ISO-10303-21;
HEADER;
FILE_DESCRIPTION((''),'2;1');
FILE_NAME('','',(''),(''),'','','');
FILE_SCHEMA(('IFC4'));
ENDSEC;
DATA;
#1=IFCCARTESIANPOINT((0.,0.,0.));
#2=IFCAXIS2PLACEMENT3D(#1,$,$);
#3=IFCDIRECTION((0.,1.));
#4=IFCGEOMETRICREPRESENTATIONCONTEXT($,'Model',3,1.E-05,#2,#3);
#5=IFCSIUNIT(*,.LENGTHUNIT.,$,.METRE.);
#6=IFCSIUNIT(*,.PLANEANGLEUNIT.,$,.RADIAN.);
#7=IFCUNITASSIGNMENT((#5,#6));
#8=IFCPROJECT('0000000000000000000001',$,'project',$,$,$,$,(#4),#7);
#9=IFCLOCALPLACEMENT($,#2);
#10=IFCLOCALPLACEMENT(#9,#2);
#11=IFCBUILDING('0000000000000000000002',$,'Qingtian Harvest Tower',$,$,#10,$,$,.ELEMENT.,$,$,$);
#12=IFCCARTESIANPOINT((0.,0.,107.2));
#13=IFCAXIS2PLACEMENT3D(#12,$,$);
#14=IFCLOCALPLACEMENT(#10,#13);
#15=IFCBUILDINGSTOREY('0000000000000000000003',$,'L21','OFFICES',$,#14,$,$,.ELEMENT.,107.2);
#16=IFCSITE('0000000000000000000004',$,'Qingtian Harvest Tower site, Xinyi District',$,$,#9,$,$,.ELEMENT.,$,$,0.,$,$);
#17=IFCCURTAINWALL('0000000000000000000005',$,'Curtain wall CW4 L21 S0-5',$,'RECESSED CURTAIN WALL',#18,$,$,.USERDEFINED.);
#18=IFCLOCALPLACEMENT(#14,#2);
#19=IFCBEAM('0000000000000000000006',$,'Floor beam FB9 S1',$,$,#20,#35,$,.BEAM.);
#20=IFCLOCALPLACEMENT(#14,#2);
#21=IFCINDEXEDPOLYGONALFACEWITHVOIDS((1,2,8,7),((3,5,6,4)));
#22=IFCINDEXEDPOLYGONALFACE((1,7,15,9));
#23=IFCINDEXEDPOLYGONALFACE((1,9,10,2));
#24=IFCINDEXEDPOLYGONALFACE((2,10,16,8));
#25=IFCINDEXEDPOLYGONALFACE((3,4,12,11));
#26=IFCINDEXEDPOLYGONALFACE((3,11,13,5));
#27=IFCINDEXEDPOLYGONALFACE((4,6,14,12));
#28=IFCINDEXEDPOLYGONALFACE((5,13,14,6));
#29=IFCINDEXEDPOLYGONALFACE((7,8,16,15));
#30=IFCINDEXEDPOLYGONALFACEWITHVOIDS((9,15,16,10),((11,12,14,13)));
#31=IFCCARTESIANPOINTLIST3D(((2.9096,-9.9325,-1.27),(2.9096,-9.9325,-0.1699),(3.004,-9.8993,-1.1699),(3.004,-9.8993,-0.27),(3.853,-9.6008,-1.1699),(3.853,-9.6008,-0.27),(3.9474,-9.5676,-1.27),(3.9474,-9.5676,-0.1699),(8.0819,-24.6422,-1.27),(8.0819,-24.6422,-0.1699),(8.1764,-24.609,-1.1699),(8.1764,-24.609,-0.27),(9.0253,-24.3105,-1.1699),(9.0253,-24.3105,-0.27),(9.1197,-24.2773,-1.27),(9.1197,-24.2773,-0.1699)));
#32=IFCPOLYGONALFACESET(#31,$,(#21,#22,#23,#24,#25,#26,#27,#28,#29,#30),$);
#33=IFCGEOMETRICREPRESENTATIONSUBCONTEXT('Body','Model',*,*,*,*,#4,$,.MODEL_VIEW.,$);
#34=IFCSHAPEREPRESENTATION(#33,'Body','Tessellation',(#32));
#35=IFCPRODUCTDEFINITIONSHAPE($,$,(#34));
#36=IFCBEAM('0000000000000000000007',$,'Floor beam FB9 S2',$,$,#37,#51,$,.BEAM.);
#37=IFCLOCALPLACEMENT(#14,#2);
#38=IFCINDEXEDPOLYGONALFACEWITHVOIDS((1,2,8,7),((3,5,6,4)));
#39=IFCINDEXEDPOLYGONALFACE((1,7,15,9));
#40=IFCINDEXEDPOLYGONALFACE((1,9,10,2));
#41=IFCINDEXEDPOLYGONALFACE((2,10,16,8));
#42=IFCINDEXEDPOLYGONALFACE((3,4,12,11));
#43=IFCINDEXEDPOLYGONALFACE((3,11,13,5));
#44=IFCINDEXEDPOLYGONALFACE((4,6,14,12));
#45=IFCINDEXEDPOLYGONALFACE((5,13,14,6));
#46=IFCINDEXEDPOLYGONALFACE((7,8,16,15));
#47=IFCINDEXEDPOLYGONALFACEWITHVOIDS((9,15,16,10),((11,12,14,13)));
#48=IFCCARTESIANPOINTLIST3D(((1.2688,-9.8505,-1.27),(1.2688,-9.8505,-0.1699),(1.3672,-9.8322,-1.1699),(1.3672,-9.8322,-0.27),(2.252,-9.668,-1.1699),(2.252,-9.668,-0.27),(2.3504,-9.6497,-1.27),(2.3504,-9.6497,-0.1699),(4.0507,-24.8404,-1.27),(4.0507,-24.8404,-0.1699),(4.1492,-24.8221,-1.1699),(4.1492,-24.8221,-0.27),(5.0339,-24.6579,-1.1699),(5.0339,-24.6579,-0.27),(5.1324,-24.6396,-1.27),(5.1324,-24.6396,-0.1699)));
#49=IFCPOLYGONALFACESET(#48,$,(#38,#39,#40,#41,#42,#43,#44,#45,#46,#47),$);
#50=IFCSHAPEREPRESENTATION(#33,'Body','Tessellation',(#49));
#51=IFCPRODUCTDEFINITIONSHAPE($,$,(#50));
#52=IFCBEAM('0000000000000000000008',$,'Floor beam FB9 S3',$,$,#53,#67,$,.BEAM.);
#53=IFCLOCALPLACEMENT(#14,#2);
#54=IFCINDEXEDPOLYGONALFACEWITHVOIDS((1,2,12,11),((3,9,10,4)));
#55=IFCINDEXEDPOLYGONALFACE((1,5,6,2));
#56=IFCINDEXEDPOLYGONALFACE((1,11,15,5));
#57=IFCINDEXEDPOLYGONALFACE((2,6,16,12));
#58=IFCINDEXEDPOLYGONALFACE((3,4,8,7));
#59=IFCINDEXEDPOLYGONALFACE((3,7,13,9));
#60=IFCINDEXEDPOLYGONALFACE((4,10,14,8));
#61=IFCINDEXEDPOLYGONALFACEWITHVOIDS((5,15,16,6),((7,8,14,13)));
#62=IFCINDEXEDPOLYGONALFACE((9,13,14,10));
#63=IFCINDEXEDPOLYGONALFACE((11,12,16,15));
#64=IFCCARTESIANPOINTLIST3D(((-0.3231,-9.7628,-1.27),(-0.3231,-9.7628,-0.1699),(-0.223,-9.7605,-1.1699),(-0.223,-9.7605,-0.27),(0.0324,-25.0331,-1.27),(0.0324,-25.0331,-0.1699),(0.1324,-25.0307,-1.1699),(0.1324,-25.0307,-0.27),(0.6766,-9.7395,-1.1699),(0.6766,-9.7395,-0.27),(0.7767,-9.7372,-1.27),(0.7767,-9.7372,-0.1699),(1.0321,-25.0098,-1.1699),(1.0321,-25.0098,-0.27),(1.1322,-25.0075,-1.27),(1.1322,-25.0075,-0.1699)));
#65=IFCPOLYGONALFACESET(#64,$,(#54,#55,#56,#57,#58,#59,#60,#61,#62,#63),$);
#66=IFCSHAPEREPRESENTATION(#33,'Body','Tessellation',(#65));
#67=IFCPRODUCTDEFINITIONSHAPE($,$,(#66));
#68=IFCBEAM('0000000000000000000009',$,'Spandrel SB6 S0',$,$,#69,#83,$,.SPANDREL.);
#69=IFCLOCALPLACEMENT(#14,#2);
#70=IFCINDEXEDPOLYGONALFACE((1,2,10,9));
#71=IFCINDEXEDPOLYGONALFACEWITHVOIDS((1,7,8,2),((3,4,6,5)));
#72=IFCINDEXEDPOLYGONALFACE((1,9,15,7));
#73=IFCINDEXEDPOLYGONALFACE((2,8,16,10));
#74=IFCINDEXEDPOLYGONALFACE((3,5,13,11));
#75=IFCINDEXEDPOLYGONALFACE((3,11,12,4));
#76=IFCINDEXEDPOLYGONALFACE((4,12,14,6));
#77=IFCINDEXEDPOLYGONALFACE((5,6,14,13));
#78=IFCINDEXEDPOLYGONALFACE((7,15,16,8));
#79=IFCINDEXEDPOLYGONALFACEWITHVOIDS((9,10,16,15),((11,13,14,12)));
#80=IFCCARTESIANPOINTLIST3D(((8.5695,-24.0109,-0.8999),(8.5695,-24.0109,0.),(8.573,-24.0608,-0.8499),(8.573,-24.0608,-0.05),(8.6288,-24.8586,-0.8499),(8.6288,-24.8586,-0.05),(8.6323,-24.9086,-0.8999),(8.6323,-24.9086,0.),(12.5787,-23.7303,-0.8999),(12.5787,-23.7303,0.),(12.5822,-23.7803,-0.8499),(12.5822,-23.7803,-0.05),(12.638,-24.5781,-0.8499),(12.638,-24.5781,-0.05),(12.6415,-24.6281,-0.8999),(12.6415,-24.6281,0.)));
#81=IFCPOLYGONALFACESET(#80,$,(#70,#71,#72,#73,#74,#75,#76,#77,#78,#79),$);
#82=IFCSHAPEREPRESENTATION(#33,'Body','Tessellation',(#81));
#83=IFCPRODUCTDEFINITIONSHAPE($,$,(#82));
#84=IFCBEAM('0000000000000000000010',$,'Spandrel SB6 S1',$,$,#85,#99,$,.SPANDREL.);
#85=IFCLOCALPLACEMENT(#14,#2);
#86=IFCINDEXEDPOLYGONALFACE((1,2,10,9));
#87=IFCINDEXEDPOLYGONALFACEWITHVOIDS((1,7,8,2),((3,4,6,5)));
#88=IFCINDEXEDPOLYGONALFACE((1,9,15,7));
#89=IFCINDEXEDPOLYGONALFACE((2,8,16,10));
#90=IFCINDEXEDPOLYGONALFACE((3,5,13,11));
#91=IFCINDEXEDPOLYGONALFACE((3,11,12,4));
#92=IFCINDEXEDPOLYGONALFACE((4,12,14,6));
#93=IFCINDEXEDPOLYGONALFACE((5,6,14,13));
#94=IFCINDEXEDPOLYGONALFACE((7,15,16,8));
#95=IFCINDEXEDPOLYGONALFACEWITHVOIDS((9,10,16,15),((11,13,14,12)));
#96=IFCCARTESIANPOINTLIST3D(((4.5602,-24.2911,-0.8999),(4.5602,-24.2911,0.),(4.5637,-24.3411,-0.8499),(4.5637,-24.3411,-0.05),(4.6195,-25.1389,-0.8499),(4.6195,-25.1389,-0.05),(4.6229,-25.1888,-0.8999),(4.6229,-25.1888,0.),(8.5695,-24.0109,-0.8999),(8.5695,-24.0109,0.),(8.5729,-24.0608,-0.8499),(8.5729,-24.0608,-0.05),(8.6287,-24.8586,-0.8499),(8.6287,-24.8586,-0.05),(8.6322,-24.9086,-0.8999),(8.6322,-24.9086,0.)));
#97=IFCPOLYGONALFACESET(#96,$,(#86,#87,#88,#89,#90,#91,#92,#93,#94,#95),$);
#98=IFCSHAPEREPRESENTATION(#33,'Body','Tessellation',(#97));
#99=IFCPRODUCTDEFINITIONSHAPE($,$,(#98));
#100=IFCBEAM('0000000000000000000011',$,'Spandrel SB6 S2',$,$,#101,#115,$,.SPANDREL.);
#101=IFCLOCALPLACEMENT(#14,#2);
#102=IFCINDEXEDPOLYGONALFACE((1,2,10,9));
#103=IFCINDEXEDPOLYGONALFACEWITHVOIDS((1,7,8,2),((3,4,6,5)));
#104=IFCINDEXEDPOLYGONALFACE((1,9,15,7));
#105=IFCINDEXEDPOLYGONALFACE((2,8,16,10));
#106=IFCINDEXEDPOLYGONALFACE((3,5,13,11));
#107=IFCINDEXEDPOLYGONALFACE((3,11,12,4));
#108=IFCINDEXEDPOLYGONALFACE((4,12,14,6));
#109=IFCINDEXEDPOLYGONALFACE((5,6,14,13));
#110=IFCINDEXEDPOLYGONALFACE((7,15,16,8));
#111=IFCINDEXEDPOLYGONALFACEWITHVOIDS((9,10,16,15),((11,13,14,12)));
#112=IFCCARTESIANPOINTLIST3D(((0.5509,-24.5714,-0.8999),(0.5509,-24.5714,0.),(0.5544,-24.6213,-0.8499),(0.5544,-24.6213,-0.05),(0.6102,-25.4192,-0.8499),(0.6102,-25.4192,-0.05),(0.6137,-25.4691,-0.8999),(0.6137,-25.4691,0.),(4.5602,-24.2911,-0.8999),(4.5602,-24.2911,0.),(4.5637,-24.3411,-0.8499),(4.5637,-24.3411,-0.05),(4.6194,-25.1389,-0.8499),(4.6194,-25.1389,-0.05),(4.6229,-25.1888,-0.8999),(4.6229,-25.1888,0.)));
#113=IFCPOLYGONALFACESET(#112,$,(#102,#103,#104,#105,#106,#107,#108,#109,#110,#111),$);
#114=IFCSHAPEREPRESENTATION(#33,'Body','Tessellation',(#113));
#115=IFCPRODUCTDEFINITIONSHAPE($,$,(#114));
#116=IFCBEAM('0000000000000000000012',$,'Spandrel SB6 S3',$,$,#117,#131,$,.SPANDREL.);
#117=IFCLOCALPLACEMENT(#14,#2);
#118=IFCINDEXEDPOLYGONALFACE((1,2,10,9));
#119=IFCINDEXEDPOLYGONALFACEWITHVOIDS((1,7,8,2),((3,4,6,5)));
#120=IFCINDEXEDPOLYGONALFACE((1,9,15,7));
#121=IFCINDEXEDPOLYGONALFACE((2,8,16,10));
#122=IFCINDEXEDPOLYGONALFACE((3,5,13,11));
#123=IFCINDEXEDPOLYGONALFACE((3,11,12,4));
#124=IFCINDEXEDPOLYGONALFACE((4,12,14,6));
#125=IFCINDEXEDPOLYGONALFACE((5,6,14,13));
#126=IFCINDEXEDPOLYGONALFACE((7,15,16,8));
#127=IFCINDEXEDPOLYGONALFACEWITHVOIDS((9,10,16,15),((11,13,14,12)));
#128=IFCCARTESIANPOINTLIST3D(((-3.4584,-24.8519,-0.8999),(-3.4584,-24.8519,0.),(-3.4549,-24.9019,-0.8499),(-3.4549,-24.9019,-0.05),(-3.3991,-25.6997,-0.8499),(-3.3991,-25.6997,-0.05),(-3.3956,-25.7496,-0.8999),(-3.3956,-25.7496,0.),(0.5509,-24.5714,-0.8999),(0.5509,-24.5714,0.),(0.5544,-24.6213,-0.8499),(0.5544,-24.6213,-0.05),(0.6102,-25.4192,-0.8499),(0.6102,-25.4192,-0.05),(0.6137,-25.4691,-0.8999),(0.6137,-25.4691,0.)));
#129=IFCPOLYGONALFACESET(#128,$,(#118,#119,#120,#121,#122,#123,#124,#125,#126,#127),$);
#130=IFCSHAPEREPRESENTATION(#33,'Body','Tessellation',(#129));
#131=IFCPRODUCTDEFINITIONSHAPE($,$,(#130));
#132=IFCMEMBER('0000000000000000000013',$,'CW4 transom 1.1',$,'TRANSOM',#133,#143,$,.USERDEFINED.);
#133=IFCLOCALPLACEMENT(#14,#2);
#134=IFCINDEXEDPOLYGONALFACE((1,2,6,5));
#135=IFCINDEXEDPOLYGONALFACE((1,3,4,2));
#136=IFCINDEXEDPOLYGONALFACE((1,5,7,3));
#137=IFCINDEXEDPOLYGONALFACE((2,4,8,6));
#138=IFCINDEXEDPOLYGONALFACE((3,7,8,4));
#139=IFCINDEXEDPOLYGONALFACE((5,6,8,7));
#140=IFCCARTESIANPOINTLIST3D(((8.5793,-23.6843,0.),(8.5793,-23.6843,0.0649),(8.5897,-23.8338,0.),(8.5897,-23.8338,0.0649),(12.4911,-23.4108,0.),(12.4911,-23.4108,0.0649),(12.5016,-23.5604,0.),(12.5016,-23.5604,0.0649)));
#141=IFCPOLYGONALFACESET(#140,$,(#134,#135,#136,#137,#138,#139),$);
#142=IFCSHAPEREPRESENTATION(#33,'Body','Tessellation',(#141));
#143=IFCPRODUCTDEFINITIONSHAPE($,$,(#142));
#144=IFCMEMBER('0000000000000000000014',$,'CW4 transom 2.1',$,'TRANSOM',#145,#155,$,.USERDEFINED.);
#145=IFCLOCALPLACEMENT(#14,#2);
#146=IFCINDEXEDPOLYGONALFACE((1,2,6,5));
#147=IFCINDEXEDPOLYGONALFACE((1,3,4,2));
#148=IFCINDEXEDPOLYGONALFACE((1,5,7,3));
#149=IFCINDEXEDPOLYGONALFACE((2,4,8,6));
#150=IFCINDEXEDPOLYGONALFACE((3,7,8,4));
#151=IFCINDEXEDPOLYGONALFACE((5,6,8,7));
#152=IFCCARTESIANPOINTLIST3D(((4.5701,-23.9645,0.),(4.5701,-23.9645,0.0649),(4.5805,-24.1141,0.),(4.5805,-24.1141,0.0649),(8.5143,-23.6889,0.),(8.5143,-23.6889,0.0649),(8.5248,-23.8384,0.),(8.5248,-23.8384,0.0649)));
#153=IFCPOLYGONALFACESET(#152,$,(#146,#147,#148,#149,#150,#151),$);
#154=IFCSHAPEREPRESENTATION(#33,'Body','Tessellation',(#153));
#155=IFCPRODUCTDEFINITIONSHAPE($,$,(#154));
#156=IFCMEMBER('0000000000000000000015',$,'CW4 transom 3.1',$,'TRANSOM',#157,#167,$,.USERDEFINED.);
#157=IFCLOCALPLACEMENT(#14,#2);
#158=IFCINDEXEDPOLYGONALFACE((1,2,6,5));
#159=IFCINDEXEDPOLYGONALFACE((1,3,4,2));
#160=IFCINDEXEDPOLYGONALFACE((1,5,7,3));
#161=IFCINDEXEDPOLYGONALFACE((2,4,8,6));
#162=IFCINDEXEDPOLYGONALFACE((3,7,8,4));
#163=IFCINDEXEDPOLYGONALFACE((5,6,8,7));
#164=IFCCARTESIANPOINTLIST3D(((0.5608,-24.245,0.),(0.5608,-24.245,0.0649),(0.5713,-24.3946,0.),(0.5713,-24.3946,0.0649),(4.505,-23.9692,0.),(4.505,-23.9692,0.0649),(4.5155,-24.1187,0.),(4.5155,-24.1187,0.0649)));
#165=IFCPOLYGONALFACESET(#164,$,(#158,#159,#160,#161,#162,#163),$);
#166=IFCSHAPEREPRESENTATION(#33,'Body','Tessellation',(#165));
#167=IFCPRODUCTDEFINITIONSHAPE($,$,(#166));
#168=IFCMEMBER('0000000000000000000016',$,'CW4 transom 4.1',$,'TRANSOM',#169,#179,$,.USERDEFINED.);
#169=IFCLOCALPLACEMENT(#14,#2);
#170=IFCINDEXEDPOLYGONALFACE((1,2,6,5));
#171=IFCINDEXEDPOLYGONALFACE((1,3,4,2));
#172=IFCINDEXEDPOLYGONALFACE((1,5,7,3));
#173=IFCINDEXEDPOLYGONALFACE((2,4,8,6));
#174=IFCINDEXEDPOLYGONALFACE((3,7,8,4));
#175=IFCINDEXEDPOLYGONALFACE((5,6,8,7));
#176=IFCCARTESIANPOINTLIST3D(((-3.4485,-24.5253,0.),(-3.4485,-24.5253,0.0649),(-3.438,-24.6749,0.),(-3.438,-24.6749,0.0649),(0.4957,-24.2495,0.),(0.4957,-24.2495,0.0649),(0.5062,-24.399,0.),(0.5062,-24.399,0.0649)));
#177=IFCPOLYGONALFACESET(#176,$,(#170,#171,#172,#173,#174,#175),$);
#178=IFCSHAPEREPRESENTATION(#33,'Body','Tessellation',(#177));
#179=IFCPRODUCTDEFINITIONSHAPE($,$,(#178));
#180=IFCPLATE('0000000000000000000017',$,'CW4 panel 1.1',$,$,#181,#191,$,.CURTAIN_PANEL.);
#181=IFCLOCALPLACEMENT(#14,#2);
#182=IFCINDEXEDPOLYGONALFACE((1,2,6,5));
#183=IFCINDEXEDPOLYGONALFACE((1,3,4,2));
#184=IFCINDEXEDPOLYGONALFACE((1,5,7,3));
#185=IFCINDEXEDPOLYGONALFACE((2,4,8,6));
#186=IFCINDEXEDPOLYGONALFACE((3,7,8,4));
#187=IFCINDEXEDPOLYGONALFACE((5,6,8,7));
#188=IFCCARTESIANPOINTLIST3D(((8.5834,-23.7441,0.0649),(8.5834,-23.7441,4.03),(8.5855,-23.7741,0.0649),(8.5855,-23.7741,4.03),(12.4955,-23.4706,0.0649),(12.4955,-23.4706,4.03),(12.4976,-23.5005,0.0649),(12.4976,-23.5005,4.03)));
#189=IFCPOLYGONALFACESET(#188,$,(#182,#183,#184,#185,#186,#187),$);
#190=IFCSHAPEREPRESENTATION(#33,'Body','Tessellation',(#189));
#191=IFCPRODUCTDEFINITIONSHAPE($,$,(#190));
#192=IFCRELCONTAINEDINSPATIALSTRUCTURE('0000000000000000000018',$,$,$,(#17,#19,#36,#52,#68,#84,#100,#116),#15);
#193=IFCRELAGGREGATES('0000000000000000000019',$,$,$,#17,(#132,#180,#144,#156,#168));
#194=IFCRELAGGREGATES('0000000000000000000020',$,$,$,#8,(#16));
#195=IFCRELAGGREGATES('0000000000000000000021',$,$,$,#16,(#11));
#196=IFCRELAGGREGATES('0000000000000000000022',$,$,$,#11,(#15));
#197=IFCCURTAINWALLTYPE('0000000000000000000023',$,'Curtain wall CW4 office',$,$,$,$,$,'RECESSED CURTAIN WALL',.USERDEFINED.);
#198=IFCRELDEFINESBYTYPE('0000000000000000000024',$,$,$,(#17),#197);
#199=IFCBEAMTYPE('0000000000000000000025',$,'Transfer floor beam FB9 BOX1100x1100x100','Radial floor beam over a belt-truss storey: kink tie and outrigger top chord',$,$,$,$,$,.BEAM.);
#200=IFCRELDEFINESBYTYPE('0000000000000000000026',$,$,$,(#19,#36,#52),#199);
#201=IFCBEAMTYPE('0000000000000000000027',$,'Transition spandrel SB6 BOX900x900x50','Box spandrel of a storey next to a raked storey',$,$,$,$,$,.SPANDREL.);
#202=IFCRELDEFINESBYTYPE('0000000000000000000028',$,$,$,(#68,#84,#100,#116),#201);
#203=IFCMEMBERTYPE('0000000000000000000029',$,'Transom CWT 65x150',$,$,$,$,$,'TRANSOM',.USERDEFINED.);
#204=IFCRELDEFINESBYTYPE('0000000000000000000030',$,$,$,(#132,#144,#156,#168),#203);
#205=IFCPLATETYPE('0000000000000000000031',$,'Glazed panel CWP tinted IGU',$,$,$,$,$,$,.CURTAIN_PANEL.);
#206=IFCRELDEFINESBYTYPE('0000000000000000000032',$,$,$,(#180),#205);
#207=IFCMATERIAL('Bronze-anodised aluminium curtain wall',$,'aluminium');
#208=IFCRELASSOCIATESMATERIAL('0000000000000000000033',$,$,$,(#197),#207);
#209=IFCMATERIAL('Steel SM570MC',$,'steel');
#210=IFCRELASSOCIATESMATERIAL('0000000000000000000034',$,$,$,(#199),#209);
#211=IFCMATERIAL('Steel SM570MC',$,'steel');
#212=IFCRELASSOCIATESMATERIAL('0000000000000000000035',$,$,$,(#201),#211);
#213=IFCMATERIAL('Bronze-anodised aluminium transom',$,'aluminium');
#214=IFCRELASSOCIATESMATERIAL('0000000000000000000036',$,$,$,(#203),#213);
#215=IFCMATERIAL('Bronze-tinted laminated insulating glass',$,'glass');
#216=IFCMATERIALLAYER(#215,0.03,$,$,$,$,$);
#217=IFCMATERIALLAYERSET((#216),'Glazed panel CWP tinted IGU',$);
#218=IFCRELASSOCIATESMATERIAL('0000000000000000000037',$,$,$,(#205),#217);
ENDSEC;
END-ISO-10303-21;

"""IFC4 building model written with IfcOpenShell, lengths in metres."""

from ifc_helpers import new_model, si_unit, direction, frame, origin, origin_2d, place, context, subcontext, project, spatial, rectangle, hollow_rectangle, extrude, material, layer, layer_set, material_profile, profile_set, type_object, element, aggregate, save


model = new_model("IFC4")

# Units and contexts
model_context = context("Model", 3, precision=1e-05, world=origin(), true_north=direction((0.0, 1.0)))
body_context = subcontext(model_context, "Body", "Model", "MODEL_VIEW")
ifc_project = project(units=[si_unit("LENGTHUNIT", "METRE"), si_unit("PLANEANGLEUNIT", "RADIAN")], contexts=[model_context])

# Site, building, storey
site_placement = place(None, origin())
site = spatial("IfcSite", under=ifc_project, at=site_placement, Name="Qingtian Harvest Tower site, Xinyi District", CompositionType="ELEMENT", RefElevation=0.0)
building_placement = place(site_placement, origin())
building = spatial("IfcBuilding", under=site, at=building_placement, Name="Qingtian Harvest Tower", CompositionType="ELEMENT")
storey_placement = place(building_placement, frame((0.0, 0.0, 107.2)))
storey = spatial("IfcBuildingStorey", under=building, at=storey_placement, Name="L21", Description="OFFICES", CompositionType="ELEMENT", Elevation=107.2)

# Shared definitions
ifc_material_1 = material(Name="Bronze-anodised aluminium curtain wall", Category="aluminium")
curtain_wall_type = type_object("IfcCurtainWallType", Name="Curtain wall CW4 office", ElementType="RECESSED CURTAIN WALL", PredefinedType="USERDEFINED", material=ifc_material_1)

# Curtain wall
curtain_wall_1_placement = place(storey_placement, origin())
curtain_wall_1 = element("IfcCurtainWall", 1, at=curtain_wall_1_placement, inside=storey, type_object=curtain_wall_type, Name="Curtain wall CW4 L21 S0-5", ObjectType="RECESSED CURTAIN WALL", PredefinedType="USERDEFINED")

# Beams
ifc_material_2 = material(Name="Steel SM570MC", Category="steel")
ifc_material_profile_1 = material_profile(ifc_material_2, hollow_rectangle(XDim=1.1001, YDim=1.1001, WallThickness=0.1001, at=origin_2d()), Name="BOX1100x1100x100")
ifc_profile_set_1 = profile_set([ifc_material_profile_1], Name="Steel SM570MC")
beam_type_1 = type_object("IfcBeamType", Name="Transfer floor beam FB9 BOX1100x1100x100", Description="Radial floor beam over a belt-truss storey: kink tie and outrigger top chord", PredefinedType="BEAM", material=ifc_profile_set_1)
beam_1_placement = place(storey_placement, frame((8.6008, -24.4597, -0.72), z_axis=(-0.331719, 0.943378, 0.0), x_axis=(-0.943378, -0.331719, 0.0)))
element("IfcBeam", 2, at=beam_1_placement, inside=storey, type_object=beam_type_1, Name="Floor beam FB9 S1", PredefinedType="BEAM", context=body_context, shape_type="SweptSolid", body=[
    extrude(hollow_rectangle(XDim=1.1001, YDim=1.1001, WallThickness=0.1001, at=origin_2d()), origin(), (0.0, 0.0, 1.0), 15.5925),
])
beam_2_placement = place(storey_placement, frame((4.5916, -24.74, -0.72), z_axis=(-0.182473, 0.983211, 0.0), x_axis=(-0.983211, -0.182473, 0.0)))
element("IfcBeam", 3, at=beam_2_placement, inside=storey, type_object=beam_type_1, Name="Floor beam FB9 S2", PredefinedType="BEAM", context=body_context, shape_type="SweptSolid", body=[
    extrude(hollow_rectangle(XDim=1.1001, YDim=1.1001, WallThickness=0.1001, at=origin_2d()), origin(), (0.0, 0.0, 1.0), 15.2458),
])
beam_3_placement = place(storey_placement, frame((0.5823, -25.0203, -0.72), z_axis=(-0.023272, 0.999729, 0.0), x_axis=(-0.999729, -0.023272, 0.0)))
element("IfcBeam", 4, at=beam_3_placement, inside=storey, type_object=beam_type_1, Name="Floor beam FB9 S3", PredefinedType="BEAM", context=body_context, shape_type="SweptSolid", body=[
    extrude(hollow_rectangle(XDim=1.1001, YDim=1.1001, WallThickness=0.1001, at=origin_2d()), origin(), (0.0, 0.0, 1.0), 15.2744),
])
ifc_material_3 = material(Name="Steel SM570MC", Category="steel")
ifc_material_profile_2 = material_profile(ifc_material_3, hollow_rectangle(XDim=0.8999, YDim=0.8999, WallThickness=0.05, at=origin_2d()), Name="BOX900x900x50")
ifc_profile_set_2 = profile_set([ifc_material_profile_2], Name="Steel SM570MC")
beam_type_2 = type_object("IfcBeamType", Name="Transition spandrel SB6 BOX900x900x50", Description="Box spandrel of a storey next to a raked storey", PredefinedType="SPANDREL", material=ifc_profile_set_2)
for number, where, z_axis, x_axis, name in (
    (5, (12.6101, -24.1792, -0.45), (-0.997561, -0.069796, 0.0), (0.069796, -0.997561, 0.0), "Spandrel SB6 S0"),
    (6, (8.6008, -24.4597, -0.45), (-0.997565, -0.069736, 0.0), (0.069736, -0.997565, 0.0), "Spandrel SB6 S1"),
    (7, (4.5916, -24.74, -0.45), (-0.997565, -0.069736, 0.0), (0.069736, -0.997565, 0.0), "Spandrel SB6 S2"),
    (8, (0.5823, -25.0203, -0.45), (-0.997561, -0.069796, 0.0), (0.069796, -0.997561, 0.0), "Spandrel SB6 S3"),
):
    element("IfcBeam", number, at=place(storey_placement, frame(where, z_axis=z_axis, x_axis=x_axis)), inside=storey, type_object=beam_type_2, Name=name, PredefinedType="SPANDREL", context=body_context, shape_type="SweptSolid", body=[
        extrude(hollow_rectangle(XDim=0.8999, YDim=0.8999, WallThickness=0.05, at=origin_2d()), origin(), (0.0, 0.0, 1.0), 4.019),
    ])

# Members
ifc_material_4 = material(Name="Bronze-anodised aluminium transom", Category="aluminium")
ifc_material_profile_3 = material_profile(ifc_material_4, rectangle(XDim=0.1499, YDim=0.0649, at=origin_2d()), Name="AL 65x150")
ifc_profile_set_3 = profile_set([ifc_material_profile_3], Name="Bronze-anodised aluminium transom")
member_type_1 = type_object("IfcMemberType", Name="Transom CWT 65x150", ElementType="TRANSOM", PredefinedType="USERDEFINED", material=ifc_profile_set_3)
member_1_placement = place(storey_placement, frame((12.4963, -23.4856, 0.0325), z_axis=(-0.997566, -0.069729, 0.0), x_axis=(0.069729, -0.997566, 0.0)))
member_1 = element("IfcMember", 9, at=member_1_placement, type_object=member_type_1, Name="CW4 transom 1.1", ObjectType="TRANSOM", PredefinedType="USERDEFINED", context=body_context, shape_type="SweptSolid", body=[
    extrude(rectangle(XDim=0.1499, YDim=0.0649, at=origin_2d()), origin(), (0.0, 0.0, 1.0), 3.9214),
])
member_2_placement = place(storey_placement, frame((8.5195, -23.7637, 0.0325), z_axis=(-0.997567, -0.069711, 0.0), x_axis=(0.069711, -0.997567, 0.0)))
member_2 = element("IfcMember", 10, at=member_2_placement, type_object=member_type_1, Name="CW4 transom 2.1", ObjectType="TRANSOM", PredefinedType="USERDEFINED", context=body_context, shape_type="SweptSolid", body=[
    extrude(rectangle(XDim=0.1499, YDim=0.0649, at=origin_2d()), origin(), (0.0, 0.0, 1.0), 3.9539),
])
member_3_placement = place(storey_placement, frame((4.5103, -24.0439, 0.0325), z_axis=(-0.997563, -0.069773, 0.0), x_axis=(0.069773, -0.997563, 0.0)))
member_3 = element("IfcMember", 11, at=member_3_placement, type_object=member_type_1, Name="CW4 transom 3.1", ObjectType="TRANSOM", PredefinedType="USERDEFINED", context=body_context, shape_type="SweptSolid", body=[
    extrude(rectangle(XDim=0.1499, YDim=0.0649, at=origin_2d()), origin(), (0.0, 0.0, 1.0), 3.9539),
])
member_4_placement = place(storey_placement, frame((0.501, -24.3242, 0.0325), z_axis=(-0.997563, -0.069773, 0.0), x_axis=(0.069773, -0.997563, 0.0)))
member_4 = element("IfcMember", 12, at=member_4_placement, type_object=member_type_1, Name="CW4 transom 4.1", ObjectType="TRANSOM", PredefinedType="USERDEFINED", context=body_context, shape_type="SweptSolid", body=[
    extrude(rectangle(XDim=0.1499, YDim=0.0649, at=origin_2d()), origin(), (0.0, 0.0, 1.0), 3.9539),
])

# Plate
ifc_material_5 = material(Name="Bronze-tinted laminated insulating glass", Category="glass")
ifc_layer_1 = layer(ifc_material_5, 0.03)
ifc_layer_set_1 = layer_set([ifc_layer_1], Name="Glazed panel CWP tinted IGU")
plate_type = type_object("IfcPlateType", Name="Glazed panel CWP tinted IGU", PredefinedType="CURTAIN_PANEL", material=ifc_layer_set_1)
plate_1_placement = place(storey_placement, frame((10.5405, -23.6223, 0.0649), z_axis=(0.0, 0.0, 1.0), x_axis=(-0.997564, -0.069756, 0.0)))
plate_1 = element("IfcPlate", 13, at=plate_1_placement, type_object=plate_type, Name="CW4 panel 1.1", PredefinedType="CURTAIN_PANEL", context=body_context, shape_type="SweptSolid", body=[
    extrude(rectangle(XDim=3.9216, YDim=0.03, at=origin_2d()), origin(), (0.0, 0.0, 1.0), 3.9651),
])
aggregate(curtain_wall_1, [member_1, plate_1, member_2, member_3, member_4])

save(model, "model.ifc")
